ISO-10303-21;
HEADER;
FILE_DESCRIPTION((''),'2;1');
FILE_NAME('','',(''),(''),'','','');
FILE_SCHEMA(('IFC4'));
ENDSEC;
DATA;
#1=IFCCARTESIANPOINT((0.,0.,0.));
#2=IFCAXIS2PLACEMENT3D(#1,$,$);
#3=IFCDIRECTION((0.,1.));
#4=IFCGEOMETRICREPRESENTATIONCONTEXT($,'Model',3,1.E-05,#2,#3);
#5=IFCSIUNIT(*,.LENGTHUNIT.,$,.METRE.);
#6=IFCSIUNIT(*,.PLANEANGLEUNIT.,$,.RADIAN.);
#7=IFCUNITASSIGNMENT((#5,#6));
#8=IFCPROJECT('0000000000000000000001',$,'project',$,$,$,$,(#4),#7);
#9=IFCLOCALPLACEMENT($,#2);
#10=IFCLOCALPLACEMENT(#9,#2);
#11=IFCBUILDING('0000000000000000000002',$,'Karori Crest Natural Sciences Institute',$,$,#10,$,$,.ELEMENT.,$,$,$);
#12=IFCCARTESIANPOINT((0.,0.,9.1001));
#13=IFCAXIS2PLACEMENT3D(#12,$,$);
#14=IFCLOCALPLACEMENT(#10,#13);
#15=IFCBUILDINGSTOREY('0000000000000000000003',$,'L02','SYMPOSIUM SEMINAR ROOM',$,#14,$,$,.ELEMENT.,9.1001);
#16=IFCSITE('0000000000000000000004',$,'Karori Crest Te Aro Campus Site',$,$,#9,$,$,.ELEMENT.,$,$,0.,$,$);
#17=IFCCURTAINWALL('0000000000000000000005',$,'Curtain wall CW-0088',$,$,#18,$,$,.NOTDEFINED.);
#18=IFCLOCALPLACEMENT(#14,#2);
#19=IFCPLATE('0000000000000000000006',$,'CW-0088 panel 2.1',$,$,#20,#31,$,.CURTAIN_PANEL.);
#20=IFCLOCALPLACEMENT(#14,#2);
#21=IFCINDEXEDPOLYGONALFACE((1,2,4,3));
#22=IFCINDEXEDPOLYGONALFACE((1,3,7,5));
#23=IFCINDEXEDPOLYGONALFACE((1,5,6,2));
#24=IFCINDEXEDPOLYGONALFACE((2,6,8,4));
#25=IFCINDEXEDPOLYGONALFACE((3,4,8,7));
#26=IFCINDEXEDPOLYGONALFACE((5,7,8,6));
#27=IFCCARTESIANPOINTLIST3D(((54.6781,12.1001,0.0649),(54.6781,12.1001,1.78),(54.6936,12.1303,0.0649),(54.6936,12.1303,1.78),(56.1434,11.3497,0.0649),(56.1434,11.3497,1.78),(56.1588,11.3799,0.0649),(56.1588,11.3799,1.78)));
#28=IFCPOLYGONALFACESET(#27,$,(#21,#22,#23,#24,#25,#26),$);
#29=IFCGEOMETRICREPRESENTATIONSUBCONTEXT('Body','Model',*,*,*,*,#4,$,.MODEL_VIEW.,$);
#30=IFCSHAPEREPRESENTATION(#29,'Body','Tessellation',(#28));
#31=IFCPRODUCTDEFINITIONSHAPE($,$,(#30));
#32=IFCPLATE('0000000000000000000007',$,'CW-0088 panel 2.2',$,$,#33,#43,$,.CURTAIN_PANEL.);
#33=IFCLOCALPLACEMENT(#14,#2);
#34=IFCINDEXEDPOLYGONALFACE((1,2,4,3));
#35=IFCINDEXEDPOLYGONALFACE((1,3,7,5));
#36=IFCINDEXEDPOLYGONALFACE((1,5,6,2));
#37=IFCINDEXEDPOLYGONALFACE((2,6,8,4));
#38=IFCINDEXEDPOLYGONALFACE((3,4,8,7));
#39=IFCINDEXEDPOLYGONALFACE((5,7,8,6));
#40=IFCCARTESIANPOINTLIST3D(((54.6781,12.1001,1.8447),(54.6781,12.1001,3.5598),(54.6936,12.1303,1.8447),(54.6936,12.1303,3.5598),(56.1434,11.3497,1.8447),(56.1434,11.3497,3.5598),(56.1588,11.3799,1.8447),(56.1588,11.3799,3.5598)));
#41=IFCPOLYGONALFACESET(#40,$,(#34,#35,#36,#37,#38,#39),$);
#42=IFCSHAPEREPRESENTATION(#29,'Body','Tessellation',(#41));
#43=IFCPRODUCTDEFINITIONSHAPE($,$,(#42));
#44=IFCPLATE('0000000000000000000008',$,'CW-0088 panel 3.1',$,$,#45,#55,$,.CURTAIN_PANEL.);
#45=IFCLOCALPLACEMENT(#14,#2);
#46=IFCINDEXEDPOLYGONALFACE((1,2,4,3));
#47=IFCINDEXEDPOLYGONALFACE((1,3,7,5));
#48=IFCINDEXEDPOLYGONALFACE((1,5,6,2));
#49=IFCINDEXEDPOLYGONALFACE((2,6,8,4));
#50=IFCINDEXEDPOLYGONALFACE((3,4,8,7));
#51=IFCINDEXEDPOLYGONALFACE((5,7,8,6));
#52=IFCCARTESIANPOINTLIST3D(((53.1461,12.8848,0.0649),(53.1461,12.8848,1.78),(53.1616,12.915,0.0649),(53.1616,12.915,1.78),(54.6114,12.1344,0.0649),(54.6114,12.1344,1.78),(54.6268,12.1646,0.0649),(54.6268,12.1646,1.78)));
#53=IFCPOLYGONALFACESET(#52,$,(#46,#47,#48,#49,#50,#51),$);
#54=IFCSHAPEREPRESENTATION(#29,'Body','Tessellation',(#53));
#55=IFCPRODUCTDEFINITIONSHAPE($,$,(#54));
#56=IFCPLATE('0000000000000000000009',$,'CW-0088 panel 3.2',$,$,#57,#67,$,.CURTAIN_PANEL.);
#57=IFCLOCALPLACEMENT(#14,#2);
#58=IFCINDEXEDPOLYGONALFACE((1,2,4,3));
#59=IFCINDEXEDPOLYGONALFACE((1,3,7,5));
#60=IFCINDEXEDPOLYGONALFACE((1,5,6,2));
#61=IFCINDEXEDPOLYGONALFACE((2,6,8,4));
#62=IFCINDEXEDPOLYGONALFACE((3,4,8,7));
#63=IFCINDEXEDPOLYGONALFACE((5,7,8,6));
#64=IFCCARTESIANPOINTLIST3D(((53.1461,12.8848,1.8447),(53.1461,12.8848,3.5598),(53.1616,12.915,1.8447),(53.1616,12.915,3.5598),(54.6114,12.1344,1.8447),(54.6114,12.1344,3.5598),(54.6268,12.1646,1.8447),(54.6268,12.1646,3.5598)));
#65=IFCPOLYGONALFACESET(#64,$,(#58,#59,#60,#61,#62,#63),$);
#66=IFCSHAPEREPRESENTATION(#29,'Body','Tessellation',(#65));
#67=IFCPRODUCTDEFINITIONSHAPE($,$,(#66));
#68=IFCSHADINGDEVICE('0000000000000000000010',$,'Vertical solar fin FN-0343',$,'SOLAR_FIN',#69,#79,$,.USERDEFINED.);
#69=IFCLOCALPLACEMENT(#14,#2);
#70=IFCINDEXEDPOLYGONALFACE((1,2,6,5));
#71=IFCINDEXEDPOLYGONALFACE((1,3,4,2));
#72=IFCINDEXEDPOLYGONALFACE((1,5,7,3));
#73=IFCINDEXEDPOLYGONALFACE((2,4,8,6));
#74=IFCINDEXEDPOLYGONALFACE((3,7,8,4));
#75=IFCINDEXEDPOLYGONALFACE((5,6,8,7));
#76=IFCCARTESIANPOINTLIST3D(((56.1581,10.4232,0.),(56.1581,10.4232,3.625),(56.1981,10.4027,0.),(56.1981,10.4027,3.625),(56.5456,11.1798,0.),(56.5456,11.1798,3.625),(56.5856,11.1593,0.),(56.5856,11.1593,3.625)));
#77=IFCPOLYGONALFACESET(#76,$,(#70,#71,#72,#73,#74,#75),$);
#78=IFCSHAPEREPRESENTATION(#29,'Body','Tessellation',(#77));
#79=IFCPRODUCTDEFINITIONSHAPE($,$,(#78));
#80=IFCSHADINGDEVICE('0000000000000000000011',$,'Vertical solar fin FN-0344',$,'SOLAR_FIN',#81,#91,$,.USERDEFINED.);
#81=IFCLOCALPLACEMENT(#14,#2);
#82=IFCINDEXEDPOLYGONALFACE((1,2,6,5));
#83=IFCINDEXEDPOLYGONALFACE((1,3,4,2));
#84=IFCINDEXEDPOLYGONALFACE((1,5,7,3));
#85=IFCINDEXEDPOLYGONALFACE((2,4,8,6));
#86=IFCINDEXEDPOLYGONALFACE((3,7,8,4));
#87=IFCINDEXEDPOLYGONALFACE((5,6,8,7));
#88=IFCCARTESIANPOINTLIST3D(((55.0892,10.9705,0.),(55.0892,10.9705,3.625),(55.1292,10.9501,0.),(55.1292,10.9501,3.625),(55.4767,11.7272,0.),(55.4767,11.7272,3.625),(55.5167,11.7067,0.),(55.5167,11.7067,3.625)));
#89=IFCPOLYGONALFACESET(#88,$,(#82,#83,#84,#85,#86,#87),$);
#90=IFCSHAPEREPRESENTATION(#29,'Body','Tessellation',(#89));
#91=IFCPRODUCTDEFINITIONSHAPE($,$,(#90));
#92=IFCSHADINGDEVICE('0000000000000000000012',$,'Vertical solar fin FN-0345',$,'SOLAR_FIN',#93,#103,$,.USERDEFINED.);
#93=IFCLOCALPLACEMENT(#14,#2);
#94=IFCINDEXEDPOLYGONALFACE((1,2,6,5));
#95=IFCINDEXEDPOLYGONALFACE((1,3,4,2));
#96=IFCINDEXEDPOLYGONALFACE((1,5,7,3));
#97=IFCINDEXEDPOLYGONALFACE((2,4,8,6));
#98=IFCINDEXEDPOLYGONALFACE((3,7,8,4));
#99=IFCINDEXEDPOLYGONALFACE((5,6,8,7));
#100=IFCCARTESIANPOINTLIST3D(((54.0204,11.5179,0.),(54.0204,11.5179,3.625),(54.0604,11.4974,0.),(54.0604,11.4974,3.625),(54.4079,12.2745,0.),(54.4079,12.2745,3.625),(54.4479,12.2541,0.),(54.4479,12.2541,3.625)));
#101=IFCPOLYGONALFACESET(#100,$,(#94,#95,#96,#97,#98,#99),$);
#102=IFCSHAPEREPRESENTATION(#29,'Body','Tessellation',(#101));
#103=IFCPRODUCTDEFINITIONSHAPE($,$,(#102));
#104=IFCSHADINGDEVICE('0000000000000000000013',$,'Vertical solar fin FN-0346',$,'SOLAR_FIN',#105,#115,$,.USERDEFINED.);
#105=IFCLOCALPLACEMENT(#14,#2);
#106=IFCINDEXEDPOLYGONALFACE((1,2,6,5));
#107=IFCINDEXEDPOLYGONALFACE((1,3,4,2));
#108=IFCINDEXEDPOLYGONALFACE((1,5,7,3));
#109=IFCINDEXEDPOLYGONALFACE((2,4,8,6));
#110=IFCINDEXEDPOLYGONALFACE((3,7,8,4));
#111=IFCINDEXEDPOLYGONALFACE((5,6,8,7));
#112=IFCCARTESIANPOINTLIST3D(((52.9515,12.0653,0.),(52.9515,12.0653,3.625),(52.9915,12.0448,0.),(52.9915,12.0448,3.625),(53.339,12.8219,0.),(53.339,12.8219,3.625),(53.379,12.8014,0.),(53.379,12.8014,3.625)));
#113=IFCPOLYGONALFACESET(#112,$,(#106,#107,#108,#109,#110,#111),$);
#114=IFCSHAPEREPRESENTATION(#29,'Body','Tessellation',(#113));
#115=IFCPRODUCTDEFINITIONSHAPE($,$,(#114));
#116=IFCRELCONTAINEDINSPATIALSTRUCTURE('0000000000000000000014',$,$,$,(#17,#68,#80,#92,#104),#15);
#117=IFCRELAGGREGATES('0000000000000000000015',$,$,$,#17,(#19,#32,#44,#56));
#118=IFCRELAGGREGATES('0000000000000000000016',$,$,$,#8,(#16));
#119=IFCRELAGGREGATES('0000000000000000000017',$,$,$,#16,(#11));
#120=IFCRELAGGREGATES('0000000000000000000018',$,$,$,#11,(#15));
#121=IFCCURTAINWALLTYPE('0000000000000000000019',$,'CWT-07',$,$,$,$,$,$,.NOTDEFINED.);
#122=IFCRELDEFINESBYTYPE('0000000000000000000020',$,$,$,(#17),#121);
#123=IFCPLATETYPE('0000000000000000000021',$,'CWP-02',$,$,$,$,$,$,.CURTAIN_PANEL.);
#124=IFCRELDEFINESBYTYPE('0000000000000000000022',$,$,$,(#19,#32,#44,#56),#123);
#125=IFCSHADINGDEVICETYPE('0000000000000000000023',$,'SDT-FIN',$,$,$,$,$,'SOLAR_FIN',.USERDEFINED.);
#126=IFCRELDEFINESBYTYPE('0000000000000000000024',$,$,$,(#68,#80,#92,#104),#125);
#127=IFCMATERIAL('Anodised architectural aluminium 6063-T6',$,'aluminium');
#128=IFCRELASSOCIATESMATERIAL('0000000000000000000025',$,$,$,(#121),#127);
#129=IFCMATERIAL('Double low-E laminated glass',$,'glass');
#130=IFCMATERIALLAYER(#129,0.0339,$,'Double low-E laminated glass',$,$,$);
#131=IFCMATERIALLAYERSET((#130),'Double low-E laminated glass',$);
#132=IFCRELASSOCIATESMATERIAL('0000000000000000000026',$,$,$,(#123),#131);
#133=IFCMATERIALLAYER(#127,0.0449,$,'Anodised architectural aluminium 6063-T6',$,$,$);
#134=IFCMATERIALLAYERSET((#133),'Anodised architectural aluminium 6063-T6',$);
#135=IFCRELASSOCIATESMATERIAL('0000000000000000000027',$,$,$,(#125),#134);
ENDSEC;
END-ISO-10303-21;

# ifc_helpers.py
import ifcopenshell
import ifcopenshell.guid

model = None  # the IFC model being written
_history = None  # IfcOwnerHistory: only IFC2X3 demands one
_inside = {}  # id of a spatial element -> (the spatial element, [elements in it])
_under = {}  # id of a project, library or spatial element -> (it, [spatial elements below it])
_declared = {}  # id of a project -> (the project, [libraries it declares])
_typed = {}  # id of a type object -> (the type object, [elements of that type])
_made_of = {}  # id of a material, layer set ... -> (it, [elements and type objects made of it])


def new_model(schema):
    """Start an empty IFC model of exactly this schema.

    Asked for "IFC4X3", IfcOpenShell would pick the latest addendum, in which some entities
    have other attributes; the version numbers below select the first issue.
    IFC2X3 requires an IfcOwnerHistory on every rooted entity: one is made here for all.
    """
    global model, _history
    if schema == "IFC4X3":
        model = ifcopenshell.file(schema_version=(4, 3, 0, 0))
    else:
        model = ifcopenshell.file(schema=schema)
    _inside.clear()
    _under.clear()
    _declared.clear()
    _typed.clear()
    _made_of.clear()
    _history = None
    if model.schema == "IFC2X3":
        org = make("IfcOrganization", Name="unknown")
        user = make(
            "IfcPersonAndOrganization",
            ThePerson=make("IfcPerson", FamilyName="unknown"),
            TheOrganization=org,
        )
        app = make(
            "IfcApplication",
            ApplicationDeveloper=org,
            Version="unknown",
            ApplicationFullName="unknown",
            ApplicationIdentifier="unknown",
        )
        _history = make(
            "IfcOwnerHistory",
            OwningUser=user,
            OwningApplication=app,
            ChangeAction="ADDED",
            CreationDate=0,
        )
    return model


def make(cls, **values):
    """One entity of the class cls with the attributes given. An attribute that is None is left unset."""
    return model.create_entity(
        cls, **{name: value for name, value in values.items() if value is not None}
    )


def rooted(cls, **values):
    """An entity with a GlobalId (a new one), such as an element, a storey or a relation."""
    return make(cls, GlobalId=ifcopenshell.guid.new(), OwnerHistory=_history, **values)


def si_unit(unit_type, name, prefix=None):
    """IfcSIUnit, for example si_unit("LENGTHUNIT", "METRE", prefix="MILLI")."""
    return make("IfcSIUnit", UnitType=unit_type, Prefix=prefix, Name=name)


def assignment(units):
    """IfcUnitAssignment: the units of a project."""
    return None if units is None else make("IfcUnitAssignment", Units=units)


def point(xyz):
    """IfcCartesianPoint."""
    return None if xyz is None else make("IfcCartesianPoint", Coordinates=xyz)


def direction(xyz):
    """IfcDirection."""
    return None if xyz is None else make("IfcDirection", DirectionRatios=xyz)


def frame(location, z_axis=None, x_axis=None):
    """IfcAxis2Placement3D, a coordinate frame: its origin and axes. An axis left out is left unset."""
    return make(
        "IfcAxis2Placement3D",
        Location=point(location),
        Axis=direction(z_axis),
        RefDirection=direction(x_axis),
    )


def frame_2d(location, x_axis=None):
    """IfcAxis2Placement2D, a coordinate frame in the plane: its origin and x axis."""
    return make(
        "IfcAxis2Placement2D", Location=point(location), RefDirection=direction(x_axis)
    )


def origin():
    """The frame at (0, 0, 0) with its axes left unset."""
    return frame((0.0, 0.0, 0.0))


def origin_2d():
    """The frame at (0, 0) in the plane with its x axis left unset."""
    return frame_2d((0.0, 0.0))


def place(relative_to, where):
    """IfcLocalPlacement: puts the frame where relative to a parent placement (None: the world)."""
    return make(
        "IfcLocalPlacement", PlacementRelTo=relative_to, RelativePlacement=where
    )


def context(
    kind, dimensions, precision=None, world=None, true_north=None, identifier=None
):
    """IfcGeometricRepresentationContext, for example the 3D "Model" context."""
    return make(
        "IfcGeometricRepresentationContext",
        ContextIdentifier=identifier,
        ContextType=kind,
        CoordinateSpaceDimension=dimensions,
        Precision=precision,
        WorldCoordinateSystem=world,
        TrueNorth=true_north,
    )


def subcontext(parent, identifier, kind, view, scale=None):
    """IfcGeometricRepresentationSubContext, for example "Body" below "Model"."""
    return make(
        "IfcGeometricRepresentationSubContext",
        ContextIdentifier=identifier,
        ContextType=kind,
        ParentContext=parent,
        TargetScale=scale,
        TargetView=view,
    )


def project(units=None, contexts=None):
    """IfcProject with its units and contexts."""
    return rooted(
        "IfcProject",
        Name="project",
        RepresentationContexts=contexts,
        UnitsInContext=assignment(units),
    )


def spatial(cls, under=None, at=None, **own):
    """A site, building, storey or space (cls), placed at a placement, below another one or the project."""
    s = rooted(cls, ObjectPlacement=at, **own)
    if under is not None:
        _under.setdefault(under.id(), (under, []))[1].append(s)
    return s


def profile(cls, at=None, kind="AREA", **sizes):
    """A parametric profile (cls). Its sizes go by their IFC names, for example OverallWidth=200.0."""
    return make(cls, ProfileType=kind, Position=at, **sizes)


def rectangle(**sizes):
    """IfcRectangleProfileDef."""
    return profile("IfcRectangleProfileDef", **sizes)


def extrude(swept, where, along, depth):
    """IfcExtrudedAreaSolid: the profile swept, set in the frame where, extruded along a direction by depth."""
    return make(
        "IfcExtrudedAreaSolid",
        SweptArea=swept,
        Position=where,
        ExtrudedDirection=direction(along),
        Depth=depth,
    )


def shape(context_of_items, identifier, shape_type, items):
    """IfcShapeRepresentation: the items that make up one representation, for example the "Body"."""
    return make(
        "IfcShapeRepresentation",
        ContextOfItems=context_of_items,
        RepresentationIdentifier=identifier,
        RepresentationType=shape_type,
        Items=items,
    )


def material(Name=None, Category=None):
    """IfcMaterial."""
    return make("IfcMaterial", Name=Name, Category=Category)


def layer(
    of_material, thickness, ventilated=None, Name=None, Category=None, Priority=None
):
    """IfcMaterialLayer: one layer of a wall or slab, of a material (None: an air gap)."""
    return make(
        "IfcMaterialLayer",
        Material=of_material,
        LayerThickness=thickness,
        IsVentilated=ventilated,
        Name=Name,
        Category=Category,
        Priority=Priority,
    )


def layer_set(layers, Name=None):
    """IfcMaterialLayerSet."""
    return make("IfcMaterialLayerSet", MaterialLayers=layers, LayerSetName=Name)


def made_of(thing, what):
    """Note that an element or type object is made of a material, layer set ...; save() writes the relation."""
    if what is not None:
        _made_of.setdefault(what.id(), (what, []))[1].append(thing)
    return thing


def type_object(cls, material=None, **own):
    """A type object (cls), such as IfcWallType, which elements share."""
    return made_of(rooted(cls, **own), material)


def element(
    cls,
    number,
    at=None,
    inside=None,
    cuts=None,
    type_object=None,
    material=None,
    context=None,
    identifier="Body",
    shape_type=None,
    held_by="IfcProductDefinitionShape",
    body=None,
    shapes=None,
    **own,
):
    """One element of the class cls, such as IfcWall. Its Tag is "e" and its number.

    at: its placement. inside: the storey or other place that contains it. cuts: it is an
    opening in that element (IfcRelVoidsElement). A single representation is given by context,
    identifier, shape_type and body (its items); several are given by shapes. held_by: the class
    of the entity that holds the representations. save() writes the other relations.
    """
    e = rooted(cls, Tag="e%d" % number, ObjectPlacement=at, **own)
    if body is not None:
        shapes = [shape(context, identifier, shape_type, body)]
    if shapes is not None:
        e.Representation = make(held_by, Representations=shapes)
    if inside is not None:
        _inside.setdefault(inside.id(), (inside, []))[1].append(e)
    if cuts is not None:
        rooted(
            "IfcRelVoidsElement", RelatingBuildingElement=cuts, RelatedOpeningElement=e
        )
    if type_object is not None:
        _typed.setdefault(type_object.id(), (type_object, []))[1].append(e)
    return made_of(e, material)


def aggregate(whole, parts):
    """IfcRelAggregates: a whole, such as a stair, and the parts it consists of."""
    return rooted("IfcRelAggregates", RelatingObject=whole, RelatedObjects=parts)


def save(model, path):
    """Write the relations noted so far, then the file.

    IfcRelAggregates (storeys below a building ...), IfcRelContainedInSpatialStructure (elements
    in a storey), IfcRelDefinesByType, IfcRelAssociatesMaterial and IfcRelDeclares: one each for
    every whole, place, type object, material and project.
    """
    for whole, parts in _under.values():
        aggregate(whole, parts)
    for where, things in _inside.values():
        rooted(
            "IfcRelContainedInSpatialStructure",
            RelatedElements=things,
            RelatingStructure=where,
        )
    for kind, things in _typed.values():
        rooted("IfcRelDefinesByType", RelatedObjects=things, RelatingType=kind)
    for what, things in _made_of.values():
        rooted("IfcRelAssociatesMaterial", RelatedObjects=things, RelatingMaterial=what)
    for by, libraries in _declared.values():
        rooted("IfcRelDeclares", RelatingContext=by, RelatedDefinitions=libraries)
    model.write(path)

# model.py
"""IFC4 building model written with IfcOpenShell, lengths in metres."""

from ifc_helpers import new_model, si_unit, direction, frame, origin, origin_2d, place, context, subcontext, project, spatial, rectangle, extrude, material, layer, layer_set, type_object, element, aggregate, save


model = new_model("IFC4")

# Units and contexts
model_context = context("Model", 3, precision=1e-05, world=origin(), true_north=direction((0.0, 1.0)))
body_context = subcontext(model_context, "Body", "Model", "MODEL_VIEW")
ifc_project = project(units=[si_unit("LENGTHUNIT", "METRE"), si_unit("PLANEANGLEUNIT", "RADIAN")], contexts=[model_context])

# Site, building, storey
site_placement = place(None, origin())
site = spatial("IfcSite", under=ifc_project, at=site_placement, Name="Karori Crest Te Aro Campus Site", CompositionType="ELEMENT", RefElevation=0.0)
building_placement = place(site_placement, origin())
building = spatial("IfcBuilding", under=site, at=building_placement, Name="Karori Crest Natural Sciences Institute", CompositionType="ELEMENT")
storey_placement = place(building_placement, frame((0.0, 0.0, 9.1001)))
storey = spatial("IfcBuildingStorey", under=building, at=storey_placement, Name="L02", Description="SYMPOSIUM SEMINAR ROOM", CompositionType="ELEMENT", Elevation=9.1001)

# Curtain wall, plates
ifc_material_1 = material(Name="Anodised architectural aluminium 6063-T6", Category="aluminium")
curtain_wall_type = type_object("IfcCurtainWallType", Name="CWT-07", PredefinedType="NOTDEFINED", material=ifc_material_1)
curtain_wall_placement = place(storey_placement, origin())
curtain_wall = element("IfcCurtainWall", 1, at=curtain_wall_placement, inside=storey, type_object=curtain_wall_type, Name="Curtain wall CW-0088", PredefinedType="NOTDEFINED")
ifc_material_2 = material(Name="Double low-E laminated glass", Category="glass")
ifc_layer_1 = layer(ifc_material_2, 0.0339, Name="Double low-E laminated glass")
ifc_layer_set_1 = layer_set([ifc_layer_1], Name="Double low-E laminated glass")
plate_type = type_object("IfcPlateType", Name="CWP-02", PredefinedType="CURTAIN_PANEL", material=ifc_layer_set_1)
plate_1_placement = place(storey_placement, frame((55.4185, 11.74, 0.0649), z_axis=(0.0, 0.0, 1.0), x_axis=(-0.890065, 0.455833, 0.0)))
plate_1 = element("IfcPlate", 2, at=plate_1_placement, type_object=plate_type, Name="CW-0088 panel 2.1", PredefinedType="CURTAIN_PANEL", context=body_context, shape_type="SweptSolid", body=[
    extrude(rectangle(XDim=1.6462, YDim=0.0339, at=origin_2d()), origin(), (0.0, 0.0, 1.0), 1.7151),
])
plate_2_placement = place(storey_placement, frame((55.4185, 11.74, 1.8447), z_axis=(0.0, 0.0, 1.0), x_axis=(-0.890065, 0.455833, 0.0)))
plate_2 = element("IfcPlate", 3, at=plate_2_placement, type_object=plate_type, Name="CW-0088 panel 2.2", PredefinedType="CURTAIN_PANEL", context=body_context, shape_type="SweptSolid", body=[
    extrude(rectangle(XDim=1.6462, YDim=0.0339, at=origin_2d()), origin(), (0.0, 0.0, 1.0), 1.7151),
])
plate_3_placement = place(storey_placement, frame((53.8865, 12.5247, 0.0649), z_axis=(0.0, 0.0, 1.0), x_axis=(-0.890065, 0.455833, 0.0)))
plate_3 = element("IfcPlate", 4, at=plate_3_placement, type_object=plate_type, Name="CW-0088 panel 3.1", PredefinedType="CURTAIN_PANEL", context=body_context, shape_type="SweptSolid", body=[
    extrude(rectangle(XDim=1.6462, YDim=0.0339, at=origin_2d()), origin(), (0.0, 0.0, 1.0), 1.7151),
])
plate_4_placement = place(storey_placement, frame((53.8865, 12.5247, 1.8447), z_axis=(0.0, 0.0, 1.0), x_axis=(-0.890065, 0.455833, 0.0)))
plate_4 = element("IfcPlate", 5, at=plate_4_placement, type_object=plate_type, Name="CW-0088 panel 3.2", PredefinedType="CURTAIN_PANEL", context=body_context, shape_type="SweptSolid", body=[
    extrude(rectangle(XDim=1.6462, YDim=0.0339, at=origin_2d()), origin(), (0.0, 0.0, 1.0), 1.7151),
])
aggregate(curtain_wall, [plate_1, plate_2, plate_3, plate_4])

# Shading devices
ifc_layer_2 = layer(ifc_material_1, 0.0449, Name="Anodised architectural aluminium 6063-T6")
ifc_layer_set_2 = layer_set([ifc_layer_2], Name="Anodised architectural aluminium 6063-T6")
shading_device_type = type_object("IfcShadingDeviceType", Name="SDT-FIN", ElementType="SOLAR_FIN", PredefinedType="USERDEFINED", material=ifc_layer_set_2)
for number, where, z_axis, x_axis, name in (
    (6, (56.3718, 10.7913, 0.0), (0.0, 0.0, 1.0), (-0.455832, -0.890066, 0.0), "Vertical solar fin FN-0343"),
    (7, (55.303, 11.3386, 0.0), (0.0, 0.0, 1.0), (-0.455832, -0.890066, 0.0), "Vertical solar fin FN-0344"),
    (8, (54.2341, 11.886, 0.0), (0.0, 0.0, 1.0), (-0.455832, -0.890066, 0.0), "Vertical solar fin FN-0345"),
    (9, (53.1653, 12.4333, 0.0), (0.0, 0.0, 1.0), (-0.455832, -0.890066, 0.0), "Vertical solar fin FN-0346"),
):
    element("IfcShadingDevice", number, at=place(storey_placement, frame(where, z_axis=z_axis, x_axis=x_axis)), inside=storey, type_object=shading_device_type, Name=name, ObjectType="SOLAR_FIN", PredefinedType="USERDEFINED", context=body_context, shape_type="SweptSolid", body=[
        extrude(rectangle(XDim=0.8501, YDim=0.0449, at=origin_2d()), origin(), (0.0, 0.0, 1.0), 3.625),
    ])

save(model, "model.ifc")
